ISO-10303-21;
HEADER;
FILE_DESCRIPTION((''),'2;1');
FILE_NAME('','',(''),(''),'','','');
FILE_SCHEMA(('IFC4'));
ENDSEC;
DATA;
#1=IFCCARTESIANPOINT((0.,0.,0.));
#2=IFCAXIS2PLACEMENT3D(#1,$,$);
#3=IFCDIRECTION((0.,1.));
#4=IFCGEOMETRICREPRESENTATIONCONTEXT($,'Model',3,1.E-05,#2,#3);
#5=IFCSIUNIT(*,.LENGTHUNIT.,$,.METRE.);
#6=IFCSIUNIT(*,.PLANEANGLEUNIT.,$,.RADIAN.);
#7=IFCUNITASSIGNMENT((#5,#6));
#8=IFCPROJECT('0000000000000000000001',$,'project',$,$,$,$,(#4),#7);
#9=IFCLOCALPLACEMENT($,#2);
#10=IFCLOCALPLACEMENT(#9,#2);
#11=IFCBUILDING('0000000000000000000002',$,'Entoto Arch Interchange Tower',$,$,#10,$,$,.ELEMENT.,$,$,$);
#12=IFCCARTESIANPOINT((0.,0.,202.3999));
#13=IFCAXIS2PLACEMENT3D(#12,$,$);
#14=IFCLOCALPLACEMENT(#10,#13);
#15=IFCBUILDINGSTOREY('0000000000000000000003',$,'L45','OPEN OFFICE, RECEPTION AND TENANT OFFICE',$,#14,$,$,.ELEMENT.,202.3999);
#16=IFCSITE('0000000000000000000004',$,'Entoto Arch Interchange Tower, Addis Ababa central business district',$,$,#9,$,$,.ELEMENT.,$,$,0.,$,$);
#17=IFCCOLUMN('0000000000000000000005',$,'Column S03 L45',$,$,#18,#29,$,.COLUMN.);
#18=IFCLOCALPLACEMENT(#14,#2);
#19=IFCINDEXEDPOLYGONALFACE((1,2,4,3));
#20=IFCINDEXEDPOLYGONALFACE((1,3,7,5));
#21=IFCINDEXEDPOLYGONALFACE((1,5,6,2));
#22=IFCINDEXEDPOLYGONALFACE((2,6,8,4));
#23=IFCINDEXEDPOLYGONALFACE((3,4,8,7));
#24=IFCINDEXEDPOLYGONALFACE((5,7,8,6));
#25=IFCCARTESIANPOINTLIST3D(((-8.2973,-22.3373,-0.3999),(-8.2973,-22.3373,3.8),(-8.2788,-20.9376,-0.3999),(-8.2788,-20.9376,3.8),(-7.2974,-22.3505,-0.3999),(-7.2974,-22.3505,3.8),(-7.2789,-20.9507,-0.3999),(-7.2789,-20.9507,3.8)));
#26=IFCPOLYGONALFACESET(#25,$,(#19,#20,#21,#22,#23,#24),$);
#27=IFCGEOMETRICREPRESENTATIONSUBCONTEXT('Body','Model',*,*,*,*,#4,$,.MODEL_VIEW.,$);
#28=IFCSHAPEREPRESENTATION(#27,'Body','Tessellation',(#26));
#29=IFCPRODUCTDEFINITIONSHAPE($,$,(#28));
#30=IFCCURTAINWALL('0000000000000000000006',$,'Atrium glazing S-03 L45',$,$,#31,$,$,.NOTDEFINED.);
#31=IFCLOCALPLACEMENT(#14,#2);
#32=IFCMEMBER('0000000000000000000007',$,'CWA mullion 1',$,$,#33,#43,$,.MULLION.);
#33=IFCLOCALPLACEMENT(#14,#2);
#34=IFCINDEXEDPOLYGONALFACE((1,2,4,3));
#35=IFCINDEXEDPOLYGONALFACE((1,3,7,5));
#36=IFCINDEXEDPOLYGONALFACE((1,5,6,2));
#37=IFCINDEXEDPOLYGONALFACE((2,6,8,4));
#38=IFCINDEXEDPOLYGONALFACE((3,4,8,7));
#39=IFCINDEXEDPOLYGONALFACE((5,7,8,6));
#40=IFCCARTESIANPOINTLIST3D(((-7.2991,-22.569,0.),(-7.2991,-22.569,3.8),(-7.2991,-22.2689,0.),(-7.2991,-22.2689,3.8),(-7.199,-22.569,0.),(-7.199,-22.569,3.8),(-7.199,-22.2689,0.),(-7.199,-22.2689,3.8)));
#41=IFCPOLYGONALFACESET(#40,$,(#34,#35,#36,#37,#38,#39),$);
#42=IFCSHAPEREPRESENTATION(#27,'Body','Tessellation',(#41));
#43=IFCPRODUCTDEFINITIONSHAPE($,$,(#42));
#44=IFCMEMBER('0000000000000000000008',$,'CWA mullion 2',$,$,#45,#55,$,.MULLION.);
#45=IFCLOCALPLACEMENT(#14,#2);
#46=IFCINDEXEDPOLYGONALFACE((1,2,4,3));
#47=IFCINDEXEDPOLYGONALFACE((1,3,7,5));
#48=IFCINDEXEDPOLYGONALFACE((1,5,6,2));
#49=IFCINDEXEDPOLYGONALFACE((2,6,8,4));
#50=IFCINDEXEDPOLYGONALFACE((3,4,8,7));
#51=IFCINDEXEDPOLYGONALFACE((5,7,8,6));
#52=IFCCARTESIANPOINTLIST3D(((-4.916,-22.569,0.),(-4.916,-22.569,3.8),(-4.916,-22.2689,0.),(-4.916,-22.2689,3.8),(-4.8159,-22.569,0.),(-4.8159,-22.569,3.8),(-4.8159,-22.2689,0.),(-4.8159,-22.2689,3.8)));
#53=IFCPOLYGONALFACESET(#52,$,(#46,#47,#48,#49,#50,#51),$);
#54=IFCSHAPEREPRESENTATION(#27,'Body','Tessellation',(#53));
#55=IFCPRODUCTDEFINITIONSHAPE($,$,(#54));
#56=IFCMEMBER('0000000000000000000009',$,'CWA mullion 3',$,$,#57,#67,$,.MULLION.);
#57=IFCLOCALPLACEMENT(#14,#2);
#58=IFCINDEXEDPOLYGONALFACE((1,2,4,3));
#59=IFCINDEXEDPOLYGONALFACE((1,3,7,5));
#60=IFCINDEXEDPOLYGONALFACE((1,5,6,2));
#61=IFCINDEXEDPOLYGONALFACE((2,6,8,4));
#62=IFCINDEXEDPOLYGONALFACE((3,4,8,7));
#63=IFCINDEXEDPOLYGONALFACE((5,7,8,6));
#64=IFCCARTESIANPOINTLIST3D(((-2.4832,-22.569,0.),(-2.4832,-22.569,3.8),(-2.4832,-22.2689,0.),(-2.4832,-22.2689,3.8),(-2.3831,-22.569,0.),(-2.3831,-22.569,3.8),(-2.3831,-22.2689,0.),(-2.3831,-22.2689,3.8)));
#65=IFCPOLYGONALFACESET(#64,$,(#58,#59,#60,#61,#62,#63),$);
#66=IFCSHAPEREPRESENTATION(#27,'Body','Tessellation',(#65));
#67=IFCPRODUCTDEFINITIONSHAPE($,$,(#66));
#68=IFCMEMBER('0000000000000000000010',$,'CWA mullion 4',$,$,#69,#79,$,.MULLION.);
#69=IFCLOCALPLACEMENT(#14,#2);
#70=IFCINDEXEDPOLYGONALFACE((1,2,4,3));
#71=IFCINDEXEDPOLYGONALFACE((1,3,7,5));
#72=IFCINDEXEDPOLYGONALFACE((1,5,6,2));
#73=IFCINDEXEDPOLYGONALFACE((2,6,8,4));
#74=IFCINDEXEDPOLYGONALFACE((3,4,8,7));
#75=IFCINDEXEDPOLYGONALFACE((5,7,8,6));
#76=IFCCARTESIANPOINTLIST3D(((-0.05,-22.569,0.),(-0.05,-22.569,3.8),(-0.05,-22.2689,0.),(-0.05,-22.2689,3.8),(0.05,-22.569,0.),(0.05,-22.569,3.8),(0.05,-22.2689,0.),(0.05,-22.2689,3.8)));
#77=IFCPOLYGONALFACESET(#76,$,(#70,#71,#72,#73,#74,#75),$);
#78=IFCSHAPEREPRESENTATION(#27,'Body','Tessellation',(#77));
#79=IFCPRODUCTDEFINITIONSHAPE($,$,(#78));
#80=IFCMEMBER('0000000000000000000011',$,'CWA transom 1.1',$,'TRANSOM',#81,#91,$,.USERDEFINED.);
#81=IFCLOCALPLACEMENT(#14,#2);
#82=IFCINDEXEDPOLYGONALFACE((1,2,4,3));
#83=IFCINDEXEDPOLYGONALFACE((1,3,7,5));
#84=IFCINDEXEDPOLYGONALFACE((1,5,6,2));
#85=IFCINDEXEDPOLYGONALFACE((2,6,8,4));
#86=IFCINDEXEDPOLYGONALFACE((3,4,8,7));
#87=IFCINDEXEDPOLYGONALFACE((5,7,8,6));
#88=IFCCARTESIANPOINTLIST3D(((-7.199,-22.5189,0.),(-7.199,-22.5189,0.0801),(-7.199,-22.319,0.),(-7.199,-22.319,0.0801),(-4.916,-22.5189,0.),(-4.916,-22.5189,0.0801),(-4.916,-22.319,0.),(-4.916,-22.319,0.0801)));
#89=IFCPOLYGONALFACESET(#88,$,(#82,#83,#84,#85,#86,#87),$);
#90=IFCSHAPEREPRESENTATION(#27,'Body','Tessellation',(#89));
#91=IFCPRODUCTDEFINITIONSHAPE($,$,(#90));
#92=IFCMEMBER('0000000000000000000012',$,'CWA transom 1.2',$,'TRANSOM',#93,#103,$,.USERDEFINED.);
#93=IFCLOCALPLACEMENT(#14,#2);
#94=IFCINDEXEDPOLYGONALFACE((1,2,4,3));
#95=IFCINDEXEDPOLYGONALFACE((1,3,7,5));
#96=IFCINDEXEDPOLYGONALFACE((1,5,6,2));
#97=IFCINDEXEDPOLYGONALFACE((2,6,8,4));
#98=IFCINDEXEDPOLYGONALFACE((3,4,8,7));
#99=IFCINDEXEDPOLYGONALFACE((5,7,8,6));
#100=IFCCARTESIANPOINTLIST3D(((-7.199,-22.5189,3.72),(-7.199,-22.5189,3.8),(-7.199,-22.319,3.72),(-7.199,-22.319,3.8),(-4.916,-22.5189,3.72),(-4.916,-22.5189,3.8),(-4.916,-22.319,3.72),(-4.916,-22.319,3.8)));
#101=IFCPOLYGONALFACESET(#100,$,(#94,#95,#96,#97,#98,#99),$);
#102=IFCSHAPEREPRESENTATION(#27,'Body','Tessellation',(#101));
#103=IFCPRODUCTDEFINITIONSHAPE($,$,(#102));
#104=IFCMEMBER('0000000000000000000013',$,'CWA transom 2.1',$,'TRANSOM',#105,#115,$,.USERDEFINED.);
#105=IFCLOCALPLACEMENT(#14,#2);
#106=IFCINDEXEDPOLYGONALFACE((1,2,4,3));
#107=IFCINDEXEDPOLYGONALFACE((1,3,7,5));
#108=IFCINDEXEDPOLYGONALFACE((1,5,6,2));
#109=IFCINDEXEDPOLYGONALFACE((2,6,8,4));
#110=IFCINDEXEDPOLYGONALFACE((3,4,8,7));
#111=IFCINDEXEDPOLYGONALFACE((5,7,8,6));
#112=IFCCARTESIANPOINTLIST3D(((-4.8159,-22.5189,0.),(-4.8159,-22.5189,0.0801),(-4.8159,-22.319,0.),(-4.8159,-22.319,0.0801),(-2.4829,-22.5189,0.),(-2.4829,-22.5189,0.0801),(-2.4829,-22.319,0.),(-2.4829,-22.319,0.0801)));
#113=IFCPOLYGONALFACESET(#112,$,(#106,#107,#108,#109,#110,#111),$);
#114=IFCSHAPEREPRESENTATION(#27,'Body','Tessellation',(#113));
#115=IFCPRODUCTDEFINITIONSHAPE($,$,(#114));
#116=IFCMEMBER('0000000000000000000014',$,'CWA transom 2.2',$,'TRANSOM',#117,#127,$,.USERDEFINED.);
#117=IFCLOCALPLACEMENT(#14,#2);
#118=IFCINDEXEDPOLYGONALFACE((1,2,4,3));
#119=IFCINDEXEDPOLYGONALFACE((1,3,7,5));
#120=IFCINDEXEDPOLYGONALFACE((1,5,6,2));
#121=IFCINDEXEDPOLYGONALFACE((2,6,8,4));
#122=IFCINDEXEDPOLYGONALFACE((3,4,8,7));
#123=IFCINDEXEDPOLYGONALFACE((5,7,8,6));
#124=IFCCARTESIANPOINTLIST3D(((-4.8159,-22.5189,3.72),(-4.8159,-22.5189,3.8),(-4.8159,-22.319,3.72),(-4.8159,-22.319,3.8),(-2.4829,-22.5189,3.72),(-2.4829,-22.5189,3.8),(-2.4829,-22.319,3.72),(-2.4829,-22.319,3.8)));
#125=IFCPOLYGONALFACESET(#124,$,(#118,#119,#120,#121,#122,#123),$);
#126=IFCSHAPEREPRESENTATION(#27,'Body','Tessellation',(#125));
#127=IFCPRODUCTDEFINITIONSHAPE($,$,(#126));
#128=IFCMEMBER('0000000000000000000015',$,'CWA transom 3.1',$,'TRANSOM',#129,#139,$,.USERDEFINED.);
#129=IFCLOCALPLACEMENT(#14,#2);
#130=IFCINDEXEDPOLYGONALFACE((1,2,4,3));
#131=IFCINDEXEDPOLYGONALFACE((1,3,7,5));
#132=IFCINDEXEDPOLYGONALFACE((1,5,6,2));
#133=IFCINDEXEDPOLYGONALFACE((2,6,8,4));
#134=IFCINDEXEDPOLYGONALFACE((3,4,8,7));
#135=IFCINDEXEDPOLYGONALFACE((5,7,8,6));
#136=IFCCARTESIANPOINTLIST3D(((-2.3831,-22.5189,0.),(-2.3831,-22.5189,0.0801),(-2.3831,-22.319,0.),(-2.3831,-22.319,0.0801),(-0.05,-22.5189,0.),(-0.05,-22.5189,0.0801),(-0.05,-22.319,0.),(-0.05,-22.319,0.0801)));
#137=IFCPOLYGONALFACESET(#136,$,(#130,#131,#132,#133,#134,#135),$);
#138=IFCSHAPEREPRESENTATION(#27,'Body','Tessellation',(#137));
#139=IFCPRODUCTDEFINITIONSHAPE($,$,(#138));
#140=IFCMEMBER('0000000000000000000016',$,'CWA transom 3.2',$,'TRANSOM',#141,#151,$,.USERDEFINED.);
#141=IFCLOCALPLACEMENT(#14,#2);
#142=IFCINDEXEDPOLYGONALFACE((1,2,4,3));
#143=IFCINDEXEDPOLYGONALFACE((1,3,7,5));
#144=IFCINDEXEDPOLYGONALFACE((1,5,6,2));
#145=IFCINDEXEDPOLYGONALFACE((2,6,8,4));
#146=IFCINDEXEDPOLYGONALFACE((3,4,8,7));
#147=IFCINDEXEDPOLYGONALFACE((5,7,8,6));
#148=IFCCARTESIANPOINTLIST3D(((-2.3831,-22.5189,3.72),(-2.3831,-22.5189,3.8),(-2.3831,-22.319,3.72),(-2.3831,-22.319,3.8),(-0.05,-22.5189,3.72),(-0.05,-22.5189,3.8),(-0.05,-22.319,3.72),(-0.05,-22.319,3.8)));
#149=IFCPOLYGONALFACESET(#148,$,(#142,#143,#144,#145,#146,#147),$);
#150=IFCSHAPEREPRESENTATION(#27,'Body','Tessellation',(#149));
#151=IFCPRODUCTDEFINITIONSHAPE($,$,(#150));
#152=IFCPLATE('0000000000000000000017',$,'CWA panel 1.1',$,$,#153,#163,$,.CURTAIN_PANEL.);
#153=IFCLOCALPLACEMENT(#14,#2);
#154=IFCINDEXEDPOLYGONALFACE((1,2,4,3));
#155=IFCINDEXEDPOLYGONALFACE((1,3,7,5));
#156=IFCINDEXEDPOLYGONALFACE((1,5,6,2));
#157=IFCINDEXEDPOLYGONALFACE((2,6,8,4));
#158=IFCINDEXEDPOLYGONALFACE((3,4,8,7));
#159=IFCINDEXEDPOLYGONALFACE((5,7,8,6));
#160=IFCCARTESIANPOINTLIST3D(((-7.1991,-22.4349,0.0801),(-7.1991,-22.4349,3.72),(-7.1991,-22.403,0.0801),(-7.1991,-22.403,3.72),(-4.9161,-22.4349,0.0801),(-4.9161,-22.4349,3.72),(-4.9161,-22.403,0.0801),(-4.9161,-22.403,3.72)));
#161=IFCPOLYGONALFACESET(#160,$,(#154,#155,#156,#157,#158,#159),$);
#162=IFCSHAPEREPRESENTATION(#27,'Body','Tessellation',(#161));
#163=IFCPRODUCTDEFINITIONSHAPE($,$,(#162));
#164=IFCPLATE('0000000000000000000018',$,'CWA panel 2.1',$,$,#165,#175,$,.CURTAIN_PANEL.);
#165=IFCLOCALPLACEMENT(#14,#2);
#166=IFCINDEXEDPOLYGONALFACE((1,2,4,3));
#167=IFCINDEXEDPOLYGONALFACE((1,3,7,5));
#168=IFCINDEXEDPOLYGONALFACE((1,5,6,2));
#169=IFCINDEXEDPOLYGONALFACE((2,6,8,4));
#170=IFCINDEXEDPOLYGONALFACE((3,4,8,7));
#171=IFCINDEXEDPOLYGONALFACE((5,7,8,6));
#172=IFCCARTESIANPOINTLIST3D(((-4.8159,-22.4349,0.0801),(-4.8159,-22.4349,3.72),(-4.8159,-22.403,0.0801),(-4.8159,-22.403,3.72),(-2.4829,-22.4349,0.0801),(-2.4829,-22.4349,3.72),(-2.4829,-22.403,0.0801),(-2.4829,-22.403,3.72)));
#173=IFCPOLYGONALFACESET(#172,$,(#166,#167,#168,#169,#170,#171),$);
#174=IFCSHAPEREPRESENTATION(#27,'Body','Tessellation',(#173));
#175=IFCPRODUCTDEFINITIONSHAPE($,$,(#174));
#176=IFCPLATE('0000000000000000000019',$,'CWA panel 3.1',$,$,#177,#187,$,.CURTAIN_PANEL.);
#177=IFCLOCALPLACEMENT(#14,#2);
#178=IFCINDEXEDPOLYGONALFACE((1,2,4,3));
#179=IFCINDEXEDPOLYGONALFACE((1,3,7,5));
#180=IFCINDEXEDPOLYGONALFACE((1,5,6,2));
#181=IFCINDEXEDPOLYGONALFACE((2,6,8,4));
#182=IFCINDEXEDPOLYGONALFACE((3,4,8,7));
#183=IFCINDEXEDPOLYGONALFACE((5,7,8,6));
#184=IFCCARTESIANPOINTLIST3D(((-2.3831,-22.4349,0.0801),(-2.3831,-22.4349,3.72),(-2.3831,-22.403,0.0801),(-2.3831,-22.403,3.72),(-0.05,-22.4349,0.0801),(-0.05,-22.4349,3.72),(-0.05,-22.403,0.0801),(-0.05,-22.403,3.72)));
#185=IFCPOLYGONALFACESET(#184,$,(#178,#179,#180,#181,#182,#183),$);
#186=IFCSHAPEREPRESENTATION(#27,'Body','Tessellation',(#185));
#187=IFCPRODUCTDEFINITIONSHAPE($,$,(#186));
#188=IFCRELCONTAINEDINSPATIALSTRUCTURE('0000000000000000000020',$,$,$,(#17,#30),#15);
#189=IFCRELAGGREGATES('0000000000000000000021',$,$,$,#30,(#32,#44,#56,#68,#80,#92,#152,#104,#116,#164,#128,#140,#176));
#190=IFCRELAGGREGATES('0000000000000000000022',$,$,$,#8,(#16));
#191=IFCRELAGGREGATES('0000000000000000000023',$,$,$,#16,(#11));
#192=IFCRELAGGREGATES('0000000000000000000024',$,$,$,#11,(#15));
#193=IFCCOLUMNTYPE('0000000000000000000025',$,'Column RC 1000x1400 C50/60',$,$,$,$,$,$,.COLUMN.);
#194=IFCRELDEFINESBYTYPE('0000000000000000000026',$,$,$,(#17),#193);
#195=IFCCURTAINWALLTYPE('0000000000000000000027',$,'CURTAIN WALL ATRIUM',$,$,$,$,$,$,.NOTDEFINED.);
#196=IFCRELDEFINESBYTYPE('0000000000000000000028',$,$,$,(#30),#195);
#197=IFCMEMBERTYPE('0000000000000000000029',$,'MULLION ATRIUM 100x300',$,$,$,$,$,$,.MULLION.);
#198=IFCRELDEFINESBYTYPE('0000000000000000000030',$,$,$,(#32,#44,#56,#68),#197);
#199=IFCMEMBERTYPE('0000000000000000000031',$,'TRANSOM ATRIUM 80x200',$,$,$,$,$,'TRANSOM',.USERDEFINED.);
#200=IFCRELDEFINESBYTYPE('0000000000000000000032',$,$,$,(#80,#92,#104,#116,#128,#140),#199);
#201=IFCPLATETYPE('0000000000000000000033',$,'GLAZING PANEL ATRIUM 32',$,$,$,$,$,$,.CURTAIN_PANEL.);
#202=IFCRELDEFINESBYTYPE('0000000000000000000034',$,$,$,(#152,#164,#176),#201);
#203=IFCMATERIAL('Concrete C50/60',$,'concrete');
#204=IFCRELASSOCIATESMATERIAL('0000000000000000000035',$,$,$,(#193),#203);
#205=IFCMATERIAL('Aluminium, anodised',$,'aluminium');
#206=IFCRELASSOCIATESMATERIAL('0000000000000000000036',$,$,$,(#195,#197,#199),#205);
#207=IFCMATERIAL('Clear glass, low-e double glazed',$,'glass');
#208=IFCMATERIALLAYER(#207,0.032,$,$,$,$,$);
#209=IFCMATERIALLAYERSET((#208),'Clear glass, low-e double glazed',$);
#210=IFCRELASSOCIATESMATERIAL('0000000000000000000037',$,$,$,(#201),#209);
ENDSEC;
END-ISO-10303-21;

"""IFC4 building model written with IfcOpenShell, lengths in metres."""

from ifc_helpers import new_model, si_unit, direction, frame, origin, origin_2d, place, context, subcontext, project, spatial, rectangle, extrude, material, layer, layer_set, material_profile, profile_set, type_object, element, aggregate, save


model = new_model("IFC4")

# Units and contexts
model_context = context("Model", 3, precision=1e-05, world=origin(), true_north=direction((0.0, 1.0)))
body_context = subcontext(model_context, "Body", "Model", "MODEL_VIEW")
ifc_project = project(units=[si_unit("LENGTHUNIT", "METRE"), si_unit("PLANEANGLEUNIT", "RADIAN")], contexts=[model_context])

# Site, building, storey
site_placement = place(None, origin())
site = spatial("IfcSite", under=ifc_project, at=site_placement, Name="Entoto Arch Interchange Tower, Addis Ababa central business district", CompositionType="ELEMENT", RefElevation=0.0)
building_placement = place(site_placement, origin())
building = spatial("IfcBuilding", under=site, at=building_placement, Name="Entoto Arch Interchange Tower", CompositionType="ELEMENT")
storey_placement = place(building_placement, frame((0.0, 0.0, 202.3999)))
storey = spatial("IfcBuildingStorey", under=building, at=storey_placement, Name="L45", Description="OPEN OFFICE, RECEPTION AND TENANT OFFICE", CompositionType="ELEMENT", Elevation=202.3999)

# Column
ifc_material_1 = material(Name="Concrete C50/60", Category="concrete")
ifc_material_profile_1 = material_profile(ifc_material_1, rectangle(XDim=1.0, YDim=1.3999, at=origin_2d()))
ifc_profile_set_1 = profile_set([ifc_material_profile_1], Name="Concrete C50/60")
column_type = type_object("IfcColumnType", Name="Column RC 1000x1400 C50/60", PredefinedType="COLUMN", material=ifc_profile_set_1)
column_placement = place(storey_placement, frame((-7.7881, -21.644, -0.3999), z_axis=(0.0, 0.0, 1.0), x_axis=(-0.999913, 0.013177, 0.0)))
element("IfcColumn", 1, at=column_placement, inside=storey, type_object=column_type, Name="Column S03 L45", PredefinedType="COLUMN", context=body_context, shape_type="SweptSolid", body=[
    extrude(rectangle(XDim=1.0, YDim=1.3999, at=origin_2d()), origin(), (0.0, 0.0, 1.0), 4.2),
])

# Curtain wall, members, plates
ifc_material_2 = material(Name="Aluminium, anodised", Category="aluminium")
curtain_wall_type = type_object("IfcCurtainWallType", Name="CURTAIN WALL ATRIUM", PredefinedType="NOTDEFINED", material=ifc_material_2)
curtain_wall_placement = place(storey_placement, origin())
curtain_wall = element("IfcCurtainWall", 2, at=curtain_wall_placement, inside=storey, type_object=curtain_wall_type, Name="Atrium glazing S-03 L45", PredefinedType="NOTDEFINED")
ifc_material_profile_2 = material_profile(ifc_material_2, rectangle(XDim=0.3, YDim=0.1001, at=origin_2d()))
ifc_profile_set_2 = profile_set([ifc_material_profile_2], Name="Aluminium, anodised")
member_type_1 = type_object("IfcMemberType", Name="MULLION ATRIUM 100x300", PredefinedType="MULLION", material=ifc_profile_set_2)
member_1_placement = place(storey_placement, frame((-7.249, -22.4189, 0.0), z_axis=(0.0, 0.0, 1.0), x_axis=(0.0, 1.0, 0.0)))
member_1 = element("IfcMember", 3, at=member_1_placement, type_object=member_type_1, Name="CWA mullion 1", PredefinedType="MULLION", context=body_context, shape_type="SweptSolid", body=[
    extrude(rectangle(XDim=0.3, YDim=0.1001, at=origin_2d()), origin(), (0.0, 0.0, 1.0), 3.8),
])
member_2_placement = place(storey_placement, frame((-4.866, -22.4189, 0.0), z_axis=(0.0, 0.0, 1.0), x_axis=(0.0, 1.0, 0.0)))
member_2 = element("IfcMember", 4, at=member_2_placement, type_object=member_type_1, Name="CWA mullion 2", PredefinedType="MULLION", context=body_context, shape_type="SweptSolid", body=[
    extrude(rectangle(XDim=0.3, YDim=0.1001, at=origin_2d()), origin(), (0.0, 0.0, 1.0), 3.8),
])
member_3_placement = place(storey_placement, frame((-2.4331, -22.4189, 0.0), z_axis=(0.0, 0.0, 1.0), x_axis=(0.0, 1.0, 0.0)))
member_3 = element("IfcMember", 5, at=member_3_placement, type_object=member_type_1, Name="CWA mullion 3", PredefinedType="MULLION", context=body_context, shape_type="SweptSolid", body=[
    extrude(rectangle(XDim=0.3, YDim=0.1001, at=origin_2d()), origin(), (0.0, 0.0, 1.0), 3.8),
])
member_4_placement = place(storey_placement, frame((0.0, -22.4189, 0.0), z_axis=(0.0, 0.0, 1.0), x_axis=(0.0, 1.0, 0.0)))
member_4 = element("IfcMember", 6, at=member_4_placement, type_object=member_type_1, Name="CWA mullion 4", PredefinedType="MULLION", context=body_context, shape_type="SweptSolid", body=[
    extrude(rectangle(XDim=0.3, YDim=0.1001, at=origin_2d()), origin(), (0.0, 0.0, 1.0), 3.8),
])
ifc_material_profile_3 = material_profile(ifc_material_2, rectangle(XDim=0.2, YDim=0.0801, at=origin_2d()))
ifc_profile_set_3 = profile_set([ifc_material_profile_3], Name="Aluminium, anodised")
member_type_2 = type_object("IfcMemberType", Name="TRANSOM ATRIUM 80x200", ElementType="TRANSOM", PredefinedType="USERDEFINED", material=ifc_profile_set_3)
member_5_placement = place(storey_placement, frame((-7.199, -22.4189, 0.04), z_axis=(1.0, 0.0, 0.0), x_axis=(0.0, 1.0, 0.0)))
member_5 = element("IfcMember", 7, at=member_5_placement, type_object=member_type_2, Name="CWA transom 1.1", ObjectType="TRANSOM", PredefinedType="USERDEFINED", context=body_context, shape_type="SweptSolid", body=[
    extrude(rectangle(XDim=0.2, YDim=0.0801, at=origin_2d()), origin(), (0.0, 0.0, 1.0), 2.283),
])
member_6_placement = place(storey_placement, frame((-7.199, -22.4189, 3.76), z_axis=(1.0, 0.0, 0.0), x_axis=(0.0, 1.0, 0.0)))
member_6 = element("IfcMember", 8, at=member_6_placement, type_object=member_type_2, Name="CWA transom 1.2", ObjectType="TRANSOM", PredefinedType="USERDEFINED", context=body_context, shape_type="SweptSolid", body=[
    extrude(rectangle(XDim=0.2, YDim=0.0801, at=origin_2d()), origin(), (0.0, 0.0, 1.0), 2.283),
])
member_7_placement = place(storey_placement, frame((-4.8159, -22.4189, 0.04), z_axis=(1.0, 0.0, 0.0), x_axis=(0.0, 1.0, 0.0)))
member_7 = element("IfcMember", 9, at=member_7_placement, type_object=member_type_2, Name="CWA transom 2.1", ObjectType="TRANSOM", PredefinedType="USERDEFINED", context=body_context, shape_type="SweptSolid", body=[
    extrude(rectangle(XDim=0.2, YDim=0.0801, at=origin_2d()), origin(), (0.0, 0.0, 1.0), 2.333),
])
member_8_placement = place(storey_placement, frame((-4.8159, -22.4189, 3.76), z_axis=(1.0, 0.0, 0.0), x_axis=(0.0, 1.0, 0.0)))
member_8 = element("IfcMember", 10, at=member_8_placement, type_object=member_type_2, Name="CWA transom 2.2", ObjectType="TRANSOM", PredefinedType="USERDEFINED", context=body_context, shape_type="SweptSolid", body=[
    extrude(rectangle(XDim=0.2, YDim=0.0801, at=origin_2d()), origin(), (0.0, 0.0, 1.0), 2.333),
])
member_9_placement = place(storey_placement, frame((-2.3831, -22.4189, 0.04), z_axis=(1.0, 0.0, 0.0), x_axis=(0.0, 1.0, 0.0)))
member_9 = element("IfcMember", 11, at=member_9_placement, type_object=member_type_2, Name="CWA transom 3.1", ObjectType="TRANSOM", PredefinedType="USERDEFINED", context=body_context, shape_type="SweptSolid", body=[
    extrude(rectangle(XDim=0.2, YDim=0.0801, at=origin_2d()), origin(), (0.0, 0.0, 1.0), 2.333),
])
member_10_placement = place(storey_placement, frame((-2.3831, -22.4189, 3.76), z_axis=(1.0, 0.0, 0.0), x_axis=(0.0, 1.0, 0.0)))
member_10 = element("IfcMember", 12, at=member_10_placement, type_object=member_type_2, Name="CWA transom 3.2", ObjectType="TRANSOM", PredefinedType="USERDEFINED", context=body_context, shape_type="SweptSolid", body=[
    extrude(rectangle(XDim=0.2, YDim=0.0801, at=origin_2d()), origin(), (0.0, 0.0, 1.0), 2.333),
])
ifc_material_3 = material(Name="Clear glass, low-e double glazed", Category="glass")
ifc_layer_1 = layer(ifc_material_3, 0.032)
ifc_layer_set_1 = layer_set([ifc_layer_1], Name="Clear glass, low-e double glazed")
plate_type = type_object("IfcPlateType", Name="GLAZING PANEL ATRIUM 32", PredefinedType="CURTAIN_PANEL", material=ifc_layer_set_1)
plate_1_placement = place(storey_placement, frame((-6.0576, -22.4189, 0.0801), z_axis=(0.0, 0.0, 1.0), x_axis=(1.0, 0.0, 0.0)))
plate_1 = element("IfcPlate", 13, at=plate_1_placement, type_object=plate_type, Name="CWA panel 1.1", PredefinedType="CURTAIN_PANEL", context=body_context, shape_type="SweptSolid", body=[
    extrude(rectangle(XDim=2.283, YDim=0.032, at=origin_2d()), origin(), (0.0, 0.0, 1.0), 3.6399),
])
plate_2_placement = place(storey_placement, frame((-3.6494, -22.4189, 0.0801), z_axis=(0.0, 0.0, 1.0), x_axis=(1.0, 0.0, 0.0)))
plate_2 = element("IfcPlate", 14, at=plate_2_placement, type_object=plate_type, Name="CWA panel 2.1", PredefinedType="CURTAIN_PANEL", context=body_context, shape_type="SweptSolid", body=[
    extrude(rectangle(XDim=2.333, YDim=0.032, at=origin_2d()), origin(), (0.0, 0.0, 1.0), 3.6399),
])
plate_3_placement = place(storey_placement, frame((-1.2166, -22.4189, 0.0801), z_axis=(0.0, 0.0, 1.0), x_axis=(1.0, 0.0, 0.0)))
plate_3 = element("IfcPlate", 15, at=plate_3_placement, type_object=plate_type, Name="CWA panel 3.1", PredefinedType="CURTAIN_PANEL", context=body_context, shape_type="SweptSolid", body=[
    extrude(rectangle(XDim=2.333, YDim=0.032, at=origin_2d()), origin(), (0.0, 0.0, 1.0), 3.6399),
])
aggregate(curtain_wall, [member_1, member_2, member_3, member_4, member_5, member_6, plate_1, member_7, member_8, plate_2, member_9, member_10, plate_3])

save(model, "model.ifc")
